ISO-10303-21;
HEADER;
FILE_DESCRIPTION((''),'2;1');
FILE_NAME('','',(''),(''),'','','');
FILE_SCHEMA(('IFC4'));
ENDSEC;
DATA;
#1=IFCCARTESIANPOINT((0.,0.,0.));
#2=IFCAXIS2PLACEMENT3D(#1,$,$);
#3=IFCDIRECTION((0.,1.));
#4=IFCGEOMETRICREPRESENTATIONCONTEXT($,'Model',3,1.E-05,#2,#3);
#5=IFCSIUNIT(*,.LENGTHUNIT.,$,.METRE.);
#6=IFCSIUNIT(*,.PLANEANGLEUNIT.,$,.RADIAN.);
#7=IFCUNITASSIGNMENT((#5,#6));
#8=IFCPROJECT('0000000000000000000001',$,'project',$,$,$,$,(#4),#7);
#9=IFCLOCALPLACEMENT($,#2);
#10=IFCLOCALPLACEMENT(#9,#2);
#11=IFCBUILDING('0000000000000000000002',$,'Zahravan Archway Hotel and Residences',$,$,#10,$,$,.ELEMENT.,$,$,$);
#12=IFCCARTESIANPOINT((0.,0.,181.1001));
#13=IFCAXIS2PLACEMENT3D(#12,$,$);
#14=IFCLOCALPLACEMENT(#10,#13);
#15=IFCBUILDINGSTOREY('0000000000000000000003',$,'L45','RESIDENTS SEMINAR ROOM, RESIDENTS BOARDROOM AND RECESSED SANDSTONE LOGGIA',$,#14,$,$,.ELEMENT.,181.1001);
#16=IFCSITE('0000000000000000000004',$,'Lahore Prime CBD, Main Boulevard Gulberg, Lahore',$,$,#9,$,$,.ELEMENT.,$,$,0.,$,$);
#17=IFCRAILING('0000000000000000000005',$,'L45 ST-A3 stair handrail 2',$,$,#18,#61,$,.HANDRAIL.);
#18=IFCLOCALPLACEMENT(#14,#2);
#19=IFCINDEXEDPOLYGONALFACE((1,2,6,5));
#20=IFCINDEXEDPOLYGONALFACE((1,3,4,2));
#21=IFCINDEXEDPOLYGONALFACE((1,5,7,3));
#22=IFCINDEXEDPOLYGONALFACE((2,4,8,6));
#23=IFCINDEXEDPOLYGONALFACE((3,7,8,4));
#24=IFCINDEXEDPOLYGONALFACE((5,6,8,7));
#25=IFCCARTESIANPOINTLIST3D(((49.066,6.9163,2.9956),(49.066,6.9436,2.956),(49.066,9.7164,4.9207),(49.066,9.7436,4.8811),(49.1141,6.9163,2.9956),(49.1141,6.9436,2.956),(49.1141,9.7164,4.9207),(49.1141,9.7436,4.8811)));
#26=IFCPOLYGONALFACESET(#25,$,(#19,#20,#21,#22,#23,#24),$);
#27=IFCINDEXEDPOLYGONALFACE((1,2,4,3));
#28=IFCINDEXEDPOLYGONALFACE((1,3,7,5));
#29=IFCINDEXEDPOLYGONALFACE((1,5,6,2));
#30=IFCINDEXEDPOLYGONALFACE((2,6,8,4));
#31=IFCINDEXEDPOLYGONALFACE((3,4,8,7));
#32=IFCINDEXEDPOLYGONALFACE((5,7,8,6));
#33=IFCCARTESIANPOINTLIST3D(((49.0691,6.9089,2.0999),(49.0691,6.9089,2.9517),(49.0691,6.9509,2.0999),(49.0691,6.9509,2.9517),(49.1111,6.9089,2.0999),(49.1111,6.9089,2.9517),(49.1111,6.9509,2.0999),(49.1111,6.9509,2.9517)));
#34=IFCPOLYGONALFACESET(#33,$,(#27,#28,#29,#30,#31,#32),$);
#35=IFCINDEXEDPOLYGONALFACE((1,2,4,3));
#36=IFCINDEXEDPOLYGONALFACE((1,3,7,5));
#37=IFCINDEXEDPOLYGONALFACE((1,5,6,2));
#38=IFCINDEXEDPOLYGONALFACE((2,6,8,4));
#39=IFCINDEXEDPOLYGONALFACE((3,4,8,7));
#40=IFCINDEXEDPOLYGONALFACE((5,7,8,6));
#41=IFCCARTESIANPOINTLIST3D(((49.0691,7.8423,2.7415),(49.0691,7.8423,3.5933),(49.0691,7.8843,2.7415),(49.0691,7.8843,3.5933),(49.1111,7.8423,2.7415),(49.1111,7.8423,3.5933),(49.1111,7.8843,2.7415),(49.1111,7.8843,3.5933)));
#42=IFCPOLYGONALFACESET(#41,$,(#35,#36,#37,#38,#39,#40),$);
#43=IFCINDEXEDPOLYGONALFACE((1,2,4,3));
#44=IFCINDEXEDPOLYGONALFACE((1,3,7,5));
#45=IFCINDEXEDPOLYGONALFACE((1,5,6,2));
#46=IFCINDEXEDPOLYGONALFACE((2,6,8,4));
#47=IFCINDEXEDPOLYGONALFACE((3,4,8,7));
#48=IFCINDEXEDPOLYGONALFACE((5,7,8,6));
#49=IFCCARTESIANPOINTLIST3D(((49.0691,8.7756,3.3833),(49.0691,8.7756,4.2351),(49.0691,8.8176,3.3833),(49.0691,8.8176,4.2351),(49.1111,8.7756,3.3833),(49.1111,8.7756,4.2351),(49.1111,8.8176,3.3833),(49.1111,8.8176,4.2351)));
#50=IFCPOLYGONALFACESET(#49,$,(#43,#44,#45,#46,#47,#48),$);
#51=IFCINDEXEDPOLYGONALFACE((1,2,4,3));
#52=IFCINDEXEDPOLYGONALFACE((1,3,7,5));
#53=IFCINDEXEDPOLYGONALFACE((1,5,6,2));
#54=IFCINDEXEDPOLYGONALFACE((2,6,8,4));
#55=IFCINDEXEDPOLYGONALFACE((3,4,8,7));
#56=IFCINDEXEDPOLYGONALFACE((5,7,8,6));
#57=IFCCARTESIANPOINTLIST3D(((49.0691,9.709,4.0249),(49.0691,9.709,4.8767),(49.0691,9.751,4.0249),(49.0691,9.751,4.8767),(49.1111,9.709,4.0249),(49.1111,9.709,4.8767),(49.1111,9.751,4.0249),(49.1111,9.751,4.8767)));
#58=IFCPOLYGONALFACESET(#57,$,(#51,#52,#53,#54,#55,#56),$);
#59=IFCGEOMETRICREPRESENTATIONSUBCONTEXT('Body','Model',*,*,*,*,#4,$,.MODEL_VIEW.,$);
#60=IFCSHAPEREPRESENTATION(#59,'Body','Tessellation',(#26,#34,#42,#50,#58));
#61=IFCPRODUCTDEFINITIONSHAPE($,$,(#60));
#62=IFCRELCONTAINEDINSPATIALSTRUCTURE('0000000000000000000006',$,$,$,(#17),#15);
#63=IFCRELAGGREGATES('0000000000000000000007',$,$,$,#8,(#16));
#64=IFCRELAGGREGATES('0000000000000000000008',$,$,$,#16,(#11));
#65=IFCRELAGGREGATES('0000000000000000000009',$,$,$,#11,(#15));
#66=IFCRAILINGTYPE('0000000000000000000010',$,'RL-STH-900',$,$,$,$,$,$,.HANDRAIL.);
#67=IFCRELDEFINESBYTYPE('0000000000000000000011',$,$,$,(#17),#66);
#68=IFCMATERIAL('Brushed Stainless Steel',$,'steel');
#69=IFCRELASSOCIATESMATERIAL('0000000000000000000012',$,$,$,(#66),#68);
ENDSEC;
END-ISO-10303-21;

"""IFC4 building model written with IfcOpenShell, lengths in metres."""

from ifc_helpers import new_model, si_unit, direction, frame, origin, origin_2d, place, context, subcontext, project, spatial, rectangle, extrude, material, type_object, element, save


model = new_model("IFC4")

# Units and contexts
model_context = context("Model", 3, precision=1e-05, world=origin(), true_north=direction((0.0, 1.0)))
body_context = subcontext(model_context, "Body", "Model", "MODEL_VIEW")
ifc_project = project(units=[si_unit("LENGTHUNIT", "METRE"), si_unit("PLANEANGLEUNIT", "RADIAN")], contexts=[model_context])

# Site, building, storey
site_placement = place(None, origin())
site = spatial("IfcSite", under=ifc_project, at=site_placement, Name="Lahore Prime CBD, Main Boulevard Gulberg, Lahore", CompositionType="ELEMENT", RefElevation=0.0)
building_placement = place(site_placement, origin())
building = spatial("IfcBuilding", under=site, at=building_placement, Name="Zahravan Archway Hotel and Residences", CompositionType="ELEMENT")
storey_placement = place(building_placement, frame((0.0, 0.0, 181.1001)))
storey = spatial("IfcBuildingStorey", under=building, at=storey_placement, Name="L45", Description="RESIDENTS SEMINAR ROOM, RESIDENTS BOARDROOM AND RECESSED SANDSTONE LOGGIA", CompositionType="ELEMENT", Elevation=181.1001)

# Railing
ifc_material_1 = material(Name="Brushed Stainless Steel", Category="steel")
railing_type_1 = type_object("IfcRailingType", Name="RL-STH-900", PredefinedType="HANDRAIL", material=ifc_material_1)
for number, where, name in (
    (1, (49.0901, 6.9299, 2.0999), "L45 ST-A3 stair handrail 2"),
):
    element("IfcRailing", number, at=place(storey_placement, frame(where)), inside=storey, type_object=railing_type_1, Name=name, PredefinedType="HANDRAIL", context=body_context, shape_type="SweptSolid", body=[
        extrude(rectangle(XDim=0.0481, YDim=0.0481, at=origin_2d()), frame((0.0, 0.0, 0.876), z_axis=(0.0, 0.82404, 0.566532), x_axis=(-1.0, 0.0, 0.0)), (0.0, 0.0, 1.0), 3.3979),
        extrude(rectangle(XDim=0.042, YDim=0.042, at=origin_2d()), origin(), (0.0, 0.0, 1.0), 0.8518),
        extrude(rectangle(XDim=0.042, YDim=0.042, at=origin_2d()), frame((0.0, 0.9333, 0.6416)), (0.0, 0.0, 1.0), 0.8518),
        extrude(rectangle(XDim=0.042, YDim=0.042, at=origin_2d()), frame((0.0, 1.8667, 1.2834)), (0.0, 0.0, 1.0), 0.8518),
        extrude(rectangle(XDim=0.042, YDim=0.042, at=origin_2d()), frame((0.0, 2.8, 1.925)), (0.0, 0.0, 1.0), 0.8518),
    ])

save(model, "model.ifc")
